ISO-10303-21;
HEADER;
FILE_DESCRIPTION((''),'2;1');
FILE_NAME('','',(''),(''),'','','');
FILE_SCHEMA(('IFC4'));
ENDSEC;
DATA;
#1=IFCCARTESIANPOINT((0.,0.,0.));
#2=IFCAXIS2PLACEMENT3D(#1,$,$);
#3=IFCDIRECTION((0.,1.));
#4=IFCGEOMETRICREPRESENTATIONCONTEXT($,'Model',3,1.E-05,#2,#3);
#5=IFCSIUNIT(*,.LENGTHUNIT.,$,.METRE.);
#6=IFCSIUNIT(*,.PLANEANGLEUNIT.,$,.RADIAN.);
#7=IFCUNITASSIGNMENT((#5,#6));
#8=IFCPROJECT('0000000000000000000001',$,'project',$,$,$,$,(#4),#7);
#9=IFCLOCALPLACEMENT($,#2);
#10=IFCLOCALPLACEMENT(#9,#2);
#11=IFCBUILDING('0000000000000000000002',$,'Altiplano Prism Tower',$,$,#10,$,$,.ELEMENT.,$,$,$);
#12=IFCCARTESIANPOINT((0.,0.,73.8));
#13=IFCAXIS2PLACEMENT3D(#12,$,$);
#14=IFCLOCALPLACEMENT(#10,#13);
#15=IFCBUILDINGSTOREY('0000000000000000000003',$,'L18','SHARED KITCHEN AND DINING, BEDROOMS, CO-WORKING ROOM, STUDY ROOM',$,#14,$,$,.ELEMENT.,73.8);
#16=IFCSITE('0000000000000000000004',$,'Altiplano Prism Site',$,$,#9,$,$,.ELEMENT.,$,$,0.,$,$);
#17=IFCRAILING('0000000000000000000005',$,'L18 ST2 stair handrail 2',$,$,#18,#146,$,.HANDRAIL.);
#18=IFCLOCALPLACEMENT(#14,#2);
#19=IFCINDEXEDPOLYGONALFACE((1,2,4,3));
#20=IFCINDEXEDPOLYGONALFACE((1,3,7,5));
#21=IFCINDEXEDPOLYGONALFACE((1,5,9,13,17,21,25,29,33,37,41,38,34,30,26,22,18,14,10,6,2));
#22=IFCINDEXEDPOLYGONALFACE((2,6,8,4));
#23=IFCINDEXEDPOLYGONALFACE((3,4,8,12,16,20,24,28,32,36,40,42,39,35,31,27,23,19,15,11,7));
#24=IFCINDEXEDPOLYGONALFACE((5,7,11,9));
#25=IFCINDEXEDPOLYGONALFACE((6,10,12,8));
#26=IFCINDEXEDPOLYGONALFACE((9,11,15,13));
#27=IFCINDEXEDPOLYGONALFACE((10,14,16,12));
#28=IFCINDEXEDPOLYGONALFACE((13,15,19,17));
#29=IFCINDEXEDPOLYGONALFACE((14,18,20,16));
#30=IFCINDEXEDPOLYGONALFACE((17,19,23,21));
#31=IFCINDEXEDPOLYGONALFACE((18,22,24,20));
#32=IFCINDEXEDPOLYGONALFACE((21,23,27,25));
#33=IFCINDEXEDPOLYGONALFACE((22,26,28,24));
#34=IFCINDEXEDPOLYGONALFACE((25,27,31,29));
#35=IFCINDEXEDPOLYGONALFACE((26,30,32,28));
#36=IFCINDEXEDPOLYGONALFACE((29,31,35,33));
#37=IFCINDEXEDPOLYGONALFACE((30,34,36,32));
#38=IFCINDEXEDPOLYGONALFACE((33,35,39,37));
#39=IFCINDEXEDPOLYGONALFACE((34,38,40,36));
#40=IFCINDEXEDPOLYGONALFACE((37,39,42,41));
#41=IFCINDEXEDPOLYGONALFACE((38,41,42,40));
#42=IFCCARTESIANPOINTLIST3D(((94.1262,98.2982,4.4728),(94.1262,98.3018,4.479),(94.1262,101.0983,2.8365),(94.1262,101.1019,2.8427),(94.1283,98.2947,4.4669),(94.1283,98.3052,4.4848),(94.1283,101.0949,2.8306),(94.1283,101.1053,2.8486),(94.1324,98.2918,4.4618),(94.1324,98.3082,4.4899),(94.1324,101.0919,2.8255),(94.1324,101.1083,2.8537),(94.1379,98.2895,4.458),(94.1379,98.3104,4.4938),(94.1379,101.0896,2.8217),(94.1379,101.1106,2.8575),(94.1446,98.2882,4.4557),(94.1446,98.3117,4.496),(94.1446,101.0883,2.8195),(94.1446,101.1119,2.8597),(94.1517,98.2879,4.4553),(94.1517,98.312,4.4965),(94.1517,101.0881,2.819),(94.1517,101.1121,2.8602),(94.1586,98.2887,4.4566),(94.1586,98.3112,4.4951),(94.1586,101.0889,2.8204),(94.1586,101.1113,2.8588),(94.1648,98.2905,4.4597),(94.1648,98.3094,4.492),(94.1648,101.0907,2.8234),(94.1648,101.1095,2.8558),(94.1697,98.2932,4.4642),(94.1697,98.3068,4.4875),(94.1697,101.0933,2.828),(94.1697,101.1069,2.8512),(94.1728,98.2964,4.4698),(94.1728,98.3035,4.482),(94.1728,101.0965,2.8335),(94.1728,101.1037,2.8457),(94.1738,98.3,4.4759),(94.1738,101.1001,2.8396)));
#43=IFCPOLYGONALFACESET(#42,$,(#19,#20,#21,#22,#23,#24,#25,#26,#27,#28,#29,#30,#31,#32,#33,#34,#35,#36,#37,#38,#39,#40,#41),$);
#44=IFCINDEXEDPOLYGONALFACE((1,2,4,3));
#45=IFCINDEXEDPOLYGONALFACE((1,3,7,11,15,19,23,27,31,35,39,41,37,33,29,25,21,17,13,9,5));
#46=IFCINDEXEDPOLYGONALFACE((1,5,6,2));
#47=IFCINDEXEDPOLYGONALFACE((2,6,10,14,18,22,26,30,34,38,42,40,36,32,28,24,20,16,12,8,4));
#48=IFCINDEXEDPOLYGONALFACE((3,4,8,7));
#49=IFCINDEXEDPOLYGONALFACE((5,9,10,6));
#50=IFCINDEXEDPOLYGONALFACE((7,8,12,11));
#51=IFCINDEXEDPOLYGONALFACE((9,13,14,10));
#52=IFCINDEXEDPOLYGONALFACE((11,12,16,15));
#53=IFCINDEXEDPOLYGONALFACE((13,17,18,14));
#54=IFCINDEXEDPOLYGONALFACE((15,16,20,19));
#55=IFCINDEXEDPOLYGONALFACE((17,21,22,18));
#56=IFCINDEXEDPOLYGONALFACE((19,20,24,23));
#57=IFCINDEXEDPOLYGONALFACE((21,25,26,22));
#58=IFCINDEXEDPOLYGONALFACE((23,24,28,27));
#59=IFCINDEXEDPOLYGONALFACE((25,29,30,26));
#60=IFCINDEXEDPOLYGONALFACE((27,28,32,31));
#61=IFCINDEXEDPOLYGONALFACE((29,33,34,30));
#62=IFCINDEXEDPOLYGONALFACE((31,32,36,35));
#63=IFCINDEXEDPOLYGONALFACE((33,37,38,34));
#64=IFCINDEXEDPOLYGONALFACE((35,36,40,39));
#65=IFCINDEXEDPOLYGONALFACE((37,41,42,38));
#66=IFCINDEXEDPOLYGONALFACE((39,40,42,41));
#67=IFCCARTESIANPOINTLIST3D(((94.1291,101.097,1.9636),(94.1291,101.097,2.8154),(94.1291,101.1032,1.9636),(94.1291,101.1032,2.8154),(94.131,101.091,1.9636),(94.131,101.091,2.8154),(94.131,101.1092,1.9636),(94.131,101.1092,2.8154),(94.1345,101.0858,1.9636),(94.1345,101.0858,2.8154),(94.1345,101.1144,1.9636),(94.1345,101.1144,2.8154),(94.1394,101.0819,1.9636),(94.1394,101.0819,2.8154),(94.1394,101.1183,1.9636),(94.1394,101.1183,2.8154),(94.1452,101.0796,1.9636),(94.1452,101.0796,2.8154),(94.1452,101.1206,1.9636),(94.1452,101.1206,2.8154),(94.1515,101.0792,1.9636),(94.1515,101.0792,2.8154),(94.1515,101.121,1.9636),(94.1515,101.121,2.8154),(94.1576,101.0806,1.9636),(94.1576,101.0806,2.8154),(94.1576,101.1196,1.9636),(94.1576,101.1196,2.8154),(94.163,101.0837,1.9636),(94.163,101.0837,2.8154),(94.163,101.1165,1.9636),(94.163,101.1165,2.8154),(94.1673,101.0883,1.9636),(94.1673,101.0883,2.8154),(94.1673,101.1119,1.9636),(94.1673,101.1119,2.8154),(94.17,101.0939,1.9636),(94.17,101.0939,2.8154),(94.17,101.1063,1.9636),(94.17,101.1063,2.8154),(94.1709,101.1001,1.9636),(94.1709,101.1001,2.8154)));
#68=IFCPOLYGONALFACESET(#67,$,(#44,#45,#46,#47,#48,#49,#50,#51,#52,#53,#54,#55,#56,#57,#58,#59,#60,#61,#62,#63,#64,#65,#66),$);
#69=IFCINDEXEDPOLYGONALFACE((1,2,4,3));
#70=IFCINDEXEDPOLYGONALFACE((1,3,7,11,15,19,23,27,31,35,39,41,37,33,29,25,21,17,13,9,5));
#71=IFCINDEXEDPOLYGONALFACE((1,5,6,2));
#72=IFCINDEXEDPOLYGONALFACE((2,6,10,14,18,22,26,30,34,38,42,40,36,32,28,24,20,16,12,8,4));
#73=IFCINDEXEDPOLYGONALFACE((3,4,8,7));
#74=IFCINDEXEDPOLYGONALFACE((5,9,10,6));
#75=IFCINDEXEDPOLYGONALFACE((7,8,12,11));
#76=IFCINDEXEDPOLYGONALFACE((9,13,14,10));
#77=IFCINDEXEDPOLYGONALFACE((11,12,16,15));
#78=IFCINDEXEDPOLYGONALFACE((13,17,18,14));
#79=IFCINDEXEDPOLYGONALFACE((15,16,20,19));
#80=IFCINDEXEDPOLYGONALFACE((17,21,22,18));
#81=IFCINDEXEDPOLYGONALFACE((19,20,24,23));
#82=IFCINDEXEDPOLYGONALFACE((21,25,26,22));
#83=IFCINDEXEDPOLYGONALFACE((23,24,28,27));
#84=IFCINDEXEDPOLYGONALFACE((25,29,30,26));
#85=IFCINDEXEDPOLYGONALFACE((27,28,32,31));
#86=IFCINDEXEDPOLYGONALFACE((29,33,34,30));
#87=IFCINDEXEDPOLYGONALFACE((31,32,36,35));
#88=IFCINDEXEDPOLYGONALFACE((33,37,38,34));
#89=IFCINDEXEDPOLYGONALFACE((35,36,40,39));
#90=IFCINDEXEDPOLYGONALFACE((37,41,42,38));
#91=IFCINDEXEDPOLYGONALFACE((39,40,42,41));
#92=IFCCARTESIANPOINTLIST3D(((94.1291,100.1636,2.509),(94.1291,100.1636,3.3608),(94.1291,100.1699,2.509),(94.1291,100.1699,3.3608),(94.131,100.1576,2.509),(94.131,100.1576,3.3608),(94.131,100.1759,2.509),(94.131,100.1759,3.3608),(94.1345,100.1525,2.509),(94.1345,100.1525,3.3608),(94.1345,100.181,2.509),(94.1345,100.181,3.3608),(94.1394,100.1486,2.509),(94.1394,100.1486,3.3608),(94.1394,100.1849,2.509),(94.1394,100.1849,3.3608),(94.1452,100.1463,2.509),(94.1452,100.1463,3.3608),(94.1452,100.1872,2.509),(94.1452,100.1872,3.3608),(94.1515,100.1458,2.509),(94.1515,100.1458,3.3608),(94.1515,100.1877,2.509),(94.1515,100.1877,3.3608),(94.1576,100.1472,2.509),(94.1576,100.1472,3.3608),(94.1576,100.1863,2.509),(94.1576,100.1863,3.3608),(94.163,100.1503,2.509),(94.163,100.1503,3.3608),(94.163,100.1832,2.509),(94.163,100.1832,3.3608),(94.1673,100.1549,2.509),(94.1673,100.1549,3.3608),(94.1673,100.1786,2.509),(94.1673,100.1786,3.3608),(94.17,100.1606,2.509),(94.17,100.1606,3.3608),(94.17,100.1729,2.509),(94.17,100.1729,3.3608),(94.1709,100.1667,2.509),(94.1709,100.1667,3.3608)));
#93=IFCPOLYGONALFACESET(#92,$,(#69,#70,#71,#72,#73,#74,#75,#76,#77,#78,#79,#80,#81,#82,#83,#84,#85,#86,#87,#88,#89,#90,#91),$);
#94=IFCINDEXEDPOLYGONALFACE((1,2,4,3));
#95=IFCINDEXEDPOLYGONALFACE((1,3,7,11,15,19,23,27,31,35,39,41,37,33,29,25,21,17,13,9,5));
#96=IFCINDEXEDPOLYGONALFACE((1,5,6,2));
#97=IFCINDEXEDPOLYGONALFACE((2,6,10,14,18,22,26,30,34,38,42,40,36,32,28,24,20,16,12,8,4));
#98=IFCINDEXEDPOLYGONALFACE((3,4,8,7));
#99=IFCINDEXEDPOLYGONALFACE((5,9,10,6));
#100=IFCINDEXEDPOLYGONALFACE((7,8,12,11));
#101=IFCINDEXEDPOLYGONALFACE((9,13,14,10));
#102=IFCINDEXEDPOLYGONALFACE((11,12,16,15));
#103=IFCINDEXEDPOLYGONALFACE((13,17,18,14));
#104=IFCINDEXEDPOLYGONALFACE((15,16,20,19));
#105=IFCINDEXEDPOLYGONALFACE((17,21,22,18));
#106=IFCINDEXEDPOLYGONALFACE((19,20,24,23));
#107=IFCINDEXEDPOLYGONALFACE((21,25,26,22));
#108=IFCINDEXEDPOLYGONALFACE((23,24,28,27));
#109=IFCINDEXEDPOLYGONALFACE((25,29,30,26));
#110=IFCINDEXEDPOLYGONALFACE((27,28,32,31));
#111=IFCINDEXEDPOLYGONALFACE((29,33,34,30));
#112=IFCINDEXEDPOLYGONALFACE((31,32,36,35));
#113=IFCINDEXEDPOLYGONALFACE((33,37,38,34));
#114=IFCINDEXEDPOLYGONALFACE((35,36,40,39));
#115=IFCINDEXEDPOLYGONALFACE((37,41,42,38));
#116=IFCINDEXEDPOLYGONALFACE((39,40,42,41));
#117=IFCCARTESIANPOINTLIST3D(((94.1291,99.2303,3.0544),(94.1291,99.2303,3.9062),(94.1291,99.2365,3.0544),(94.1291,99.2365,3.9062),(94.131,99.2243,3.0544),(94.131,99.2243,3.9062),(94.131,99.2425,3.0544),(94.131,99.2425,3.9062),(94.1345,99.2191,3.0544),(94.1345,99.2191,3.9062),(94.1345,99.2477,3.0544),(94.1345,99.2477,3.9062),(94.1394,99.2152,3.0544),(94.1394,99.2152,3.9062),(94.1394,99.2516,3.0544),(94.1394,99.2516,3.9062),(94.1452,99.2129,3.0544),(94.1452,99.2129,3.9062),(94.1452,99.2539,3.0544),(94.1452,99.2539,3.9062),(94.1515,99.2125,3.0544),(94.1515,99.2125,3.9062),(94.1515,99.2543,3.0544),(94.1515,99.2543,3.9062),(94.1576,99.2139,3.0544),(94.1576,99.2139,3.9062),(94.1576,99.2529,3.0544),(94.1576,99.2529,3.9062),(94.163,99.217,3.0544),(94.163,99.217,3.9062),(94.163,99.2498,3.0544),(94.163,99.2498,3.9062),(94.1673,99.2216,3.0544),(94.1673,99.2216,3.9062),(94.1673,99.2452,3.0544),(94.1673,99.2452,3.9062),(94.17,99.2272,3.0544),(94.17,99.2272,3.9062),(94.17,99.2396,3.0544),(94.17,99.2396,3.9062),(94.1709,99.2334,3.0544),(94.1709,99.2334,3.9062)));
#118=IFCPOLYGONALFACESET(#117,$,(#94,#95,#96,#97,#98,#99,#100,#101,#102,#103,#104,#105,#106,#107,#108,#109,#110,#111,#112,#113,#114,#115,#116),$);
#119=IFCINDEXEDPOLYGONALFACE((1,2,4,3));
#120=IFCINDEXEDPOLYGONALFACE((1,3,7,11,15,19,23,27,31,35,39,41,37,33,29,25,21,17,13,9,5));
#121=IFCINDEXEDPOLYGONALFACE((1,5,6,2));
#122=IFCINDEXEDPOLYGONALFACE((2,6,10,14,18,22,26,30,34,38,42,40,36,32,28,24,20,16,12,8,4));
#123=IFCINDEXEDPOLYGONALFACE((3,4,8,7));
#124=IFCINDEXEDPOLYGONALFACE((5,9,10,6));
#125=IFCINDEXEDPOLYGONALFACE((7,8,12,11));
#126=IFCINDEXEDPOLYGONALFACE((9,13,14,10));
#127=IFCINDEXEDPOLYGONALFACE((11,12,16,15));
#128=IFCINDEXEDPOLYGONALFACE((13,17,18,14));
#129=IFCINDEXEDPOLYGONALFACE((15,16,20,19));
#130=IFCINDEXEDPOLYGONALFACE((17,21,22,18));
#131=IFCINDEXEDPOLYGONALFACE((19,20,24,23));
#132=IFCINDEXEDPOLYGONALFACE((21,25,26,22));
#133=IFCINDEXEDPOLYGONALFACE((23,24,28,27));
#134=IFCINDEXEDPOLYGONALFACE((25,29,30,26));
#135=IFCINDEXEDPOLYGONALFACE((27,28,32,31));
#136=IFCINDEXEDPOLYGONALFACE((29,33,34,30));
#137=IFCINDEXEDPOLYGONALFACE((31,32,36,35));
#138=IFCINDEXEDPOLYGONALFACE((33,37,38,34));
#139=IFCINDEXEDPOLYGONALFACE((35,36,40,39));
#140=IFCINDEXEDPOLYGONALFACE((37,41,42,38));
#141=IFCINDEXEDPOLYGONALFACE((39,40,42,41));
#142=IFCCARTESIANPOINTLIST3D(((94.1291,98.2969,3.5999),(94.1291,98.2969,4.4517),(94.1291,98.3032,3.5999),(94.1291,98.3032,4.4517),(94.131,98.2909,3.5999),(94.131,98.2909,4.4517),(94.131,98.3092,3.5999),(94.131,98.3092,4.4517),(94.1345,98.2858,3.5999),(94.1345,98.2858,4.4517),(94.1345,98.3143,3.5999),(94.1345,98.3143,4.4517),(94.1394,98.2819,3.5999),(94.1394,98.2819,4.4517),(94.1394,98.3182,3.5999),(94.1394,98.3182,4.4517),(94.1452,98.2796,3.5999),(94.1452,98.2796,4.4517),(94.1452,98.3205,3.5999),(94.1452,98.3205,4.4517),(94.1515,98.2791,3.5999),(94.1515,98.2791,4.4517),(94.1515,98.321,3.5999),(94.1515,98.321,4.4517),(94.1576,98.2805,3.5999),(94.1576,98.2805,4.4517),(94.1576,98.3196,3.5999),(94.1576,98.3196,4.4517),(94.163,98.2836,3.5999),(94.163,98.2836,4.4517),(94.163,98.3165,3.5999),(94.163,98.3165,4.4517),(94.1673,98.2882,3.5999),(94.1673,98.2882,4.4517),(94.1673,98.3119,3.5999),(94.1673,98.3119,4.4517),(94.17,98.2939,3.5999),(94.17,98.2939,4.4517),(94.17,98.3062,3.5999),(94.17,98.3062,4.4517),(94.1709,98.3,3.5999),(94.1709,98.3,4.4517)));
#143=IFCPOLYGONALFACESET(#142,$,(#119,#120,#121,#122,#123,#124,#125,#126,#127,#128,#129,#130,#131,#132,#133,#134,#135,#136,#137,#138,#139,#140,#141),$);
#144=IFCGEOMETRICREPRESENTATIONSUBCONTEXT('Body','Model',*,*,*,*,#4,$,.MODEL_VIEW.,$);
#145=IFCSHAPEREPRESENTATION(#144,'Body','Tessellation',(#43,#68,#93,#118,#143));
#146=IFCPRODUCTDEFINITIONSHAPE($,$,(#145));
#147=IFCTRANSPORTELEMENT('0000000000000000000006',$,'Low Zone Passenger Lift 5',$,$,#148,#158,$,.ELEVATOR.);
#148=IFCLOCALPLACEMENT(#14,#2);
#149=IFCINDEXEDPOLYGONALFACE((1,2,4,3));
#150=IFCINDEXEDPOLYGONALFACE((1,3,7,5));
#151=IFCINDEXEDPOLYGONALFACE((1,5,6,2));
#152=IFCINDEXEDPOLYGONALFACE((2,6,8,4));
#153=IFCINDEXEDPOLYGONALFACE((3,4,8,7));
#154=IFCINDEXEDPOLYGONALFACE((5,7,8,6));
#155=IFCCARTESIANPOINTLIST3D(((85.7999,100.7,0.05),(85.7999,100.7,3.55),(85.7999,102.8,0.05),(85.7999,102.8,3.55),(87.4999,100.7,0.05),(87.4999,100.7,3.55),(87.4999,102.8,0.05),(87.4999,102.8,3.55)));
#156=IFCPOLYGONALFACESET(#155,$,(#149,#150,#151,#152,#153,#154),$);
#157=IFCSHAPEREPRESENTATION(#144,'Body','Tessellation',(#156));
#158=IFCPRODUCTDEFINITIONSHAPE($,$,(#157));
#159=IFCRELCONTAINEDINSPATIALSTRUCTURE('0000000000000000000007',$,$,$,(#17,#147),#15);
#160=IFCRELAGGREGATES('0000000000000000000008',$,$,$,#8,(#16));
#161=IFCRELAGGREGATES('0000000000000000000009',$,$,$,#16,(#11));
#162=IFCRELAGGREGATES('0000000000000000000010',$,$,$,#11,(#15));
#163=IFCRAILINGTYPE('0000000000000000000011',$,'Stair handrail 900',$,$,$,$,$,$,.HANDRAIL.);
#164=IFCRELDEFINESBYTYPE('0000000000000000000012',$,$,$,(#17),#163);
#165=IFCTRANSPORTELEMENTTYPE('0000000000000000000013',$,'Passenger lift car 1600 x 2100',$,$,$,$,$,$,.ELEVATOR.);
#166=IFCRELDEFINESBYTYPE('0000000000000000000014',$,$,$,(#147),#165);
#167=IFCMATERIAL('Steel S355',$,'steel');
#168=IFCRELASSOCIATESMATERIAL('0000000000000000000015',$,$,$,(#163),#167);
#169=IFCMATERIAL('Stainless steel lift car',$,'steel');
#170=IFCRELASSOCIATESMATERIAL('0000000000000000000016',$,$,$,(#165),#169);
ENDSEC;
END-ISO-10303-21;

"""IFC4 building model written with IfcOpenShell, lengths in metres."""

from ifc_helpers import new_model, si_unit, direction, frame, origin, origin_2d, place, context, subcontext, project, spatial, rectangle, circle, extrude, material, type_object, element, save


model = new_model("IFC4")

# Units and contexts
model_context = context("Model", 3, precision=1e-05, world=origin(), true_north=direction((0.0, 1.0)))
body_context = subcontext(model_context, "Body", "Model", "MODEL_VIEW")
ifc_project = project(units=[si_unit("LENGTHUNIT", "METRE"), si_unit("PLANEANGLEUNIT", "RADIAN")], contexts=[model_context])

# Site, building, storey
site_placement = place(None, origin())
site = spatial("IfcSite", under=ifc_project, at=site_placement, Name="Altiplano Prism Site", CompositionType="ELEMENT", RefElevation=0.0)
building_placement = place(site_placement, origin())
building = spatial("IfcBuilding", under=site, at=building_placement, Name="Altiplano Prism Tower", CompositionType="ELEMENT")
storey_placement = place(building_placement, frame((0.0, 0.0, 73.8)))
storey = spatial("IfcBuildingStorey", under=building, at=storey_placement, Name="L18", Description="SHARED KITCHEN AND DINING, BEDROOMS, CO-WORKING ROOM, STUDY ROOM", CompositionType="ELEMENT", Elevation=73.8)

# Railing
ifc_material_1 = material(Name="Steel S355", Category="steel")
railing_type_1 = type_object("IfcRailingType", Name="Stair handrail 900", PredefinedType="HANDRAIL", material=ifc_material_1)
railing_1_placement = place(storey_placement, frame((94.1499, 101.1001, 1.9636)))
element("IfcRailing", 1, at=railing_1_placement, inside=storey, type_object=railing_type_1, Name="L18 ST2 stair handrail 2", PredefinedType="HANDRAIL", context=body_context, shape_type="SweptSolid", body=[
    extrude(circle(Radius=0.0239, at=origin_2d()), frame((0.0, 0.0, 0.876), z_axis=(0.0, -0.863394, 0.504531), x_axis=(1.0, 0.0, 0.0)), (0.0, 0.0, 1.0), 3.2432),
    extrude(circle(Radius=0.021, at=origin_2d()), origin(), (0.0, 0.0, 1.0), 0.8518),
    extrude(circle(Radius=0.021, at=origin_2d()), frame((0.0, -0.9333, 0.5454)), (0.0, 0.0, 1.0), 0.8518),
    extrude(circle(Radius=0.021, at=origin_2d()), frame((0.0, -1.8667, 1.0908)), (0.0, 0.0, 1.0), 0.8518),
    extrude(circle(Radius=0.021, at=origin_2d()), frame((0.0, -2.8, 1.6362)), (0.0, 0.0, 1.0), 0.8518),
])

# Transport element
ifc_material_2 = material(Name="Stainless steel lift car", Category="steel")
transport_element_type = type_object("IfcTransportElementType", Name="Passenger lift car 1600 x 2100", PredefinedType="ELEVATOR", material=ifc_material_2)
transport_element_placement = place(storey_placement, frame((86.6499, 101.75, 0.05), z_axis=(0.0, 0.0, 1.0), x_axis=(1.0, 0.0, 0.0)))
element("IfcTransportElement", 2, at=transport_element_placement, inside=storey, type_object=transport_element_type, Name="Low Zone Passenger Lift 5", PredefinedType="ELEVATOR", context=body_context, shape_type="SweptSolid", body=[
    extrude(rectangle(XDim=1.7, YDim=2.1001, at=origin_2d()), origin(), (0.0, 0.0, 1.0), 3.5),
])

save(model, "model.ifc")
